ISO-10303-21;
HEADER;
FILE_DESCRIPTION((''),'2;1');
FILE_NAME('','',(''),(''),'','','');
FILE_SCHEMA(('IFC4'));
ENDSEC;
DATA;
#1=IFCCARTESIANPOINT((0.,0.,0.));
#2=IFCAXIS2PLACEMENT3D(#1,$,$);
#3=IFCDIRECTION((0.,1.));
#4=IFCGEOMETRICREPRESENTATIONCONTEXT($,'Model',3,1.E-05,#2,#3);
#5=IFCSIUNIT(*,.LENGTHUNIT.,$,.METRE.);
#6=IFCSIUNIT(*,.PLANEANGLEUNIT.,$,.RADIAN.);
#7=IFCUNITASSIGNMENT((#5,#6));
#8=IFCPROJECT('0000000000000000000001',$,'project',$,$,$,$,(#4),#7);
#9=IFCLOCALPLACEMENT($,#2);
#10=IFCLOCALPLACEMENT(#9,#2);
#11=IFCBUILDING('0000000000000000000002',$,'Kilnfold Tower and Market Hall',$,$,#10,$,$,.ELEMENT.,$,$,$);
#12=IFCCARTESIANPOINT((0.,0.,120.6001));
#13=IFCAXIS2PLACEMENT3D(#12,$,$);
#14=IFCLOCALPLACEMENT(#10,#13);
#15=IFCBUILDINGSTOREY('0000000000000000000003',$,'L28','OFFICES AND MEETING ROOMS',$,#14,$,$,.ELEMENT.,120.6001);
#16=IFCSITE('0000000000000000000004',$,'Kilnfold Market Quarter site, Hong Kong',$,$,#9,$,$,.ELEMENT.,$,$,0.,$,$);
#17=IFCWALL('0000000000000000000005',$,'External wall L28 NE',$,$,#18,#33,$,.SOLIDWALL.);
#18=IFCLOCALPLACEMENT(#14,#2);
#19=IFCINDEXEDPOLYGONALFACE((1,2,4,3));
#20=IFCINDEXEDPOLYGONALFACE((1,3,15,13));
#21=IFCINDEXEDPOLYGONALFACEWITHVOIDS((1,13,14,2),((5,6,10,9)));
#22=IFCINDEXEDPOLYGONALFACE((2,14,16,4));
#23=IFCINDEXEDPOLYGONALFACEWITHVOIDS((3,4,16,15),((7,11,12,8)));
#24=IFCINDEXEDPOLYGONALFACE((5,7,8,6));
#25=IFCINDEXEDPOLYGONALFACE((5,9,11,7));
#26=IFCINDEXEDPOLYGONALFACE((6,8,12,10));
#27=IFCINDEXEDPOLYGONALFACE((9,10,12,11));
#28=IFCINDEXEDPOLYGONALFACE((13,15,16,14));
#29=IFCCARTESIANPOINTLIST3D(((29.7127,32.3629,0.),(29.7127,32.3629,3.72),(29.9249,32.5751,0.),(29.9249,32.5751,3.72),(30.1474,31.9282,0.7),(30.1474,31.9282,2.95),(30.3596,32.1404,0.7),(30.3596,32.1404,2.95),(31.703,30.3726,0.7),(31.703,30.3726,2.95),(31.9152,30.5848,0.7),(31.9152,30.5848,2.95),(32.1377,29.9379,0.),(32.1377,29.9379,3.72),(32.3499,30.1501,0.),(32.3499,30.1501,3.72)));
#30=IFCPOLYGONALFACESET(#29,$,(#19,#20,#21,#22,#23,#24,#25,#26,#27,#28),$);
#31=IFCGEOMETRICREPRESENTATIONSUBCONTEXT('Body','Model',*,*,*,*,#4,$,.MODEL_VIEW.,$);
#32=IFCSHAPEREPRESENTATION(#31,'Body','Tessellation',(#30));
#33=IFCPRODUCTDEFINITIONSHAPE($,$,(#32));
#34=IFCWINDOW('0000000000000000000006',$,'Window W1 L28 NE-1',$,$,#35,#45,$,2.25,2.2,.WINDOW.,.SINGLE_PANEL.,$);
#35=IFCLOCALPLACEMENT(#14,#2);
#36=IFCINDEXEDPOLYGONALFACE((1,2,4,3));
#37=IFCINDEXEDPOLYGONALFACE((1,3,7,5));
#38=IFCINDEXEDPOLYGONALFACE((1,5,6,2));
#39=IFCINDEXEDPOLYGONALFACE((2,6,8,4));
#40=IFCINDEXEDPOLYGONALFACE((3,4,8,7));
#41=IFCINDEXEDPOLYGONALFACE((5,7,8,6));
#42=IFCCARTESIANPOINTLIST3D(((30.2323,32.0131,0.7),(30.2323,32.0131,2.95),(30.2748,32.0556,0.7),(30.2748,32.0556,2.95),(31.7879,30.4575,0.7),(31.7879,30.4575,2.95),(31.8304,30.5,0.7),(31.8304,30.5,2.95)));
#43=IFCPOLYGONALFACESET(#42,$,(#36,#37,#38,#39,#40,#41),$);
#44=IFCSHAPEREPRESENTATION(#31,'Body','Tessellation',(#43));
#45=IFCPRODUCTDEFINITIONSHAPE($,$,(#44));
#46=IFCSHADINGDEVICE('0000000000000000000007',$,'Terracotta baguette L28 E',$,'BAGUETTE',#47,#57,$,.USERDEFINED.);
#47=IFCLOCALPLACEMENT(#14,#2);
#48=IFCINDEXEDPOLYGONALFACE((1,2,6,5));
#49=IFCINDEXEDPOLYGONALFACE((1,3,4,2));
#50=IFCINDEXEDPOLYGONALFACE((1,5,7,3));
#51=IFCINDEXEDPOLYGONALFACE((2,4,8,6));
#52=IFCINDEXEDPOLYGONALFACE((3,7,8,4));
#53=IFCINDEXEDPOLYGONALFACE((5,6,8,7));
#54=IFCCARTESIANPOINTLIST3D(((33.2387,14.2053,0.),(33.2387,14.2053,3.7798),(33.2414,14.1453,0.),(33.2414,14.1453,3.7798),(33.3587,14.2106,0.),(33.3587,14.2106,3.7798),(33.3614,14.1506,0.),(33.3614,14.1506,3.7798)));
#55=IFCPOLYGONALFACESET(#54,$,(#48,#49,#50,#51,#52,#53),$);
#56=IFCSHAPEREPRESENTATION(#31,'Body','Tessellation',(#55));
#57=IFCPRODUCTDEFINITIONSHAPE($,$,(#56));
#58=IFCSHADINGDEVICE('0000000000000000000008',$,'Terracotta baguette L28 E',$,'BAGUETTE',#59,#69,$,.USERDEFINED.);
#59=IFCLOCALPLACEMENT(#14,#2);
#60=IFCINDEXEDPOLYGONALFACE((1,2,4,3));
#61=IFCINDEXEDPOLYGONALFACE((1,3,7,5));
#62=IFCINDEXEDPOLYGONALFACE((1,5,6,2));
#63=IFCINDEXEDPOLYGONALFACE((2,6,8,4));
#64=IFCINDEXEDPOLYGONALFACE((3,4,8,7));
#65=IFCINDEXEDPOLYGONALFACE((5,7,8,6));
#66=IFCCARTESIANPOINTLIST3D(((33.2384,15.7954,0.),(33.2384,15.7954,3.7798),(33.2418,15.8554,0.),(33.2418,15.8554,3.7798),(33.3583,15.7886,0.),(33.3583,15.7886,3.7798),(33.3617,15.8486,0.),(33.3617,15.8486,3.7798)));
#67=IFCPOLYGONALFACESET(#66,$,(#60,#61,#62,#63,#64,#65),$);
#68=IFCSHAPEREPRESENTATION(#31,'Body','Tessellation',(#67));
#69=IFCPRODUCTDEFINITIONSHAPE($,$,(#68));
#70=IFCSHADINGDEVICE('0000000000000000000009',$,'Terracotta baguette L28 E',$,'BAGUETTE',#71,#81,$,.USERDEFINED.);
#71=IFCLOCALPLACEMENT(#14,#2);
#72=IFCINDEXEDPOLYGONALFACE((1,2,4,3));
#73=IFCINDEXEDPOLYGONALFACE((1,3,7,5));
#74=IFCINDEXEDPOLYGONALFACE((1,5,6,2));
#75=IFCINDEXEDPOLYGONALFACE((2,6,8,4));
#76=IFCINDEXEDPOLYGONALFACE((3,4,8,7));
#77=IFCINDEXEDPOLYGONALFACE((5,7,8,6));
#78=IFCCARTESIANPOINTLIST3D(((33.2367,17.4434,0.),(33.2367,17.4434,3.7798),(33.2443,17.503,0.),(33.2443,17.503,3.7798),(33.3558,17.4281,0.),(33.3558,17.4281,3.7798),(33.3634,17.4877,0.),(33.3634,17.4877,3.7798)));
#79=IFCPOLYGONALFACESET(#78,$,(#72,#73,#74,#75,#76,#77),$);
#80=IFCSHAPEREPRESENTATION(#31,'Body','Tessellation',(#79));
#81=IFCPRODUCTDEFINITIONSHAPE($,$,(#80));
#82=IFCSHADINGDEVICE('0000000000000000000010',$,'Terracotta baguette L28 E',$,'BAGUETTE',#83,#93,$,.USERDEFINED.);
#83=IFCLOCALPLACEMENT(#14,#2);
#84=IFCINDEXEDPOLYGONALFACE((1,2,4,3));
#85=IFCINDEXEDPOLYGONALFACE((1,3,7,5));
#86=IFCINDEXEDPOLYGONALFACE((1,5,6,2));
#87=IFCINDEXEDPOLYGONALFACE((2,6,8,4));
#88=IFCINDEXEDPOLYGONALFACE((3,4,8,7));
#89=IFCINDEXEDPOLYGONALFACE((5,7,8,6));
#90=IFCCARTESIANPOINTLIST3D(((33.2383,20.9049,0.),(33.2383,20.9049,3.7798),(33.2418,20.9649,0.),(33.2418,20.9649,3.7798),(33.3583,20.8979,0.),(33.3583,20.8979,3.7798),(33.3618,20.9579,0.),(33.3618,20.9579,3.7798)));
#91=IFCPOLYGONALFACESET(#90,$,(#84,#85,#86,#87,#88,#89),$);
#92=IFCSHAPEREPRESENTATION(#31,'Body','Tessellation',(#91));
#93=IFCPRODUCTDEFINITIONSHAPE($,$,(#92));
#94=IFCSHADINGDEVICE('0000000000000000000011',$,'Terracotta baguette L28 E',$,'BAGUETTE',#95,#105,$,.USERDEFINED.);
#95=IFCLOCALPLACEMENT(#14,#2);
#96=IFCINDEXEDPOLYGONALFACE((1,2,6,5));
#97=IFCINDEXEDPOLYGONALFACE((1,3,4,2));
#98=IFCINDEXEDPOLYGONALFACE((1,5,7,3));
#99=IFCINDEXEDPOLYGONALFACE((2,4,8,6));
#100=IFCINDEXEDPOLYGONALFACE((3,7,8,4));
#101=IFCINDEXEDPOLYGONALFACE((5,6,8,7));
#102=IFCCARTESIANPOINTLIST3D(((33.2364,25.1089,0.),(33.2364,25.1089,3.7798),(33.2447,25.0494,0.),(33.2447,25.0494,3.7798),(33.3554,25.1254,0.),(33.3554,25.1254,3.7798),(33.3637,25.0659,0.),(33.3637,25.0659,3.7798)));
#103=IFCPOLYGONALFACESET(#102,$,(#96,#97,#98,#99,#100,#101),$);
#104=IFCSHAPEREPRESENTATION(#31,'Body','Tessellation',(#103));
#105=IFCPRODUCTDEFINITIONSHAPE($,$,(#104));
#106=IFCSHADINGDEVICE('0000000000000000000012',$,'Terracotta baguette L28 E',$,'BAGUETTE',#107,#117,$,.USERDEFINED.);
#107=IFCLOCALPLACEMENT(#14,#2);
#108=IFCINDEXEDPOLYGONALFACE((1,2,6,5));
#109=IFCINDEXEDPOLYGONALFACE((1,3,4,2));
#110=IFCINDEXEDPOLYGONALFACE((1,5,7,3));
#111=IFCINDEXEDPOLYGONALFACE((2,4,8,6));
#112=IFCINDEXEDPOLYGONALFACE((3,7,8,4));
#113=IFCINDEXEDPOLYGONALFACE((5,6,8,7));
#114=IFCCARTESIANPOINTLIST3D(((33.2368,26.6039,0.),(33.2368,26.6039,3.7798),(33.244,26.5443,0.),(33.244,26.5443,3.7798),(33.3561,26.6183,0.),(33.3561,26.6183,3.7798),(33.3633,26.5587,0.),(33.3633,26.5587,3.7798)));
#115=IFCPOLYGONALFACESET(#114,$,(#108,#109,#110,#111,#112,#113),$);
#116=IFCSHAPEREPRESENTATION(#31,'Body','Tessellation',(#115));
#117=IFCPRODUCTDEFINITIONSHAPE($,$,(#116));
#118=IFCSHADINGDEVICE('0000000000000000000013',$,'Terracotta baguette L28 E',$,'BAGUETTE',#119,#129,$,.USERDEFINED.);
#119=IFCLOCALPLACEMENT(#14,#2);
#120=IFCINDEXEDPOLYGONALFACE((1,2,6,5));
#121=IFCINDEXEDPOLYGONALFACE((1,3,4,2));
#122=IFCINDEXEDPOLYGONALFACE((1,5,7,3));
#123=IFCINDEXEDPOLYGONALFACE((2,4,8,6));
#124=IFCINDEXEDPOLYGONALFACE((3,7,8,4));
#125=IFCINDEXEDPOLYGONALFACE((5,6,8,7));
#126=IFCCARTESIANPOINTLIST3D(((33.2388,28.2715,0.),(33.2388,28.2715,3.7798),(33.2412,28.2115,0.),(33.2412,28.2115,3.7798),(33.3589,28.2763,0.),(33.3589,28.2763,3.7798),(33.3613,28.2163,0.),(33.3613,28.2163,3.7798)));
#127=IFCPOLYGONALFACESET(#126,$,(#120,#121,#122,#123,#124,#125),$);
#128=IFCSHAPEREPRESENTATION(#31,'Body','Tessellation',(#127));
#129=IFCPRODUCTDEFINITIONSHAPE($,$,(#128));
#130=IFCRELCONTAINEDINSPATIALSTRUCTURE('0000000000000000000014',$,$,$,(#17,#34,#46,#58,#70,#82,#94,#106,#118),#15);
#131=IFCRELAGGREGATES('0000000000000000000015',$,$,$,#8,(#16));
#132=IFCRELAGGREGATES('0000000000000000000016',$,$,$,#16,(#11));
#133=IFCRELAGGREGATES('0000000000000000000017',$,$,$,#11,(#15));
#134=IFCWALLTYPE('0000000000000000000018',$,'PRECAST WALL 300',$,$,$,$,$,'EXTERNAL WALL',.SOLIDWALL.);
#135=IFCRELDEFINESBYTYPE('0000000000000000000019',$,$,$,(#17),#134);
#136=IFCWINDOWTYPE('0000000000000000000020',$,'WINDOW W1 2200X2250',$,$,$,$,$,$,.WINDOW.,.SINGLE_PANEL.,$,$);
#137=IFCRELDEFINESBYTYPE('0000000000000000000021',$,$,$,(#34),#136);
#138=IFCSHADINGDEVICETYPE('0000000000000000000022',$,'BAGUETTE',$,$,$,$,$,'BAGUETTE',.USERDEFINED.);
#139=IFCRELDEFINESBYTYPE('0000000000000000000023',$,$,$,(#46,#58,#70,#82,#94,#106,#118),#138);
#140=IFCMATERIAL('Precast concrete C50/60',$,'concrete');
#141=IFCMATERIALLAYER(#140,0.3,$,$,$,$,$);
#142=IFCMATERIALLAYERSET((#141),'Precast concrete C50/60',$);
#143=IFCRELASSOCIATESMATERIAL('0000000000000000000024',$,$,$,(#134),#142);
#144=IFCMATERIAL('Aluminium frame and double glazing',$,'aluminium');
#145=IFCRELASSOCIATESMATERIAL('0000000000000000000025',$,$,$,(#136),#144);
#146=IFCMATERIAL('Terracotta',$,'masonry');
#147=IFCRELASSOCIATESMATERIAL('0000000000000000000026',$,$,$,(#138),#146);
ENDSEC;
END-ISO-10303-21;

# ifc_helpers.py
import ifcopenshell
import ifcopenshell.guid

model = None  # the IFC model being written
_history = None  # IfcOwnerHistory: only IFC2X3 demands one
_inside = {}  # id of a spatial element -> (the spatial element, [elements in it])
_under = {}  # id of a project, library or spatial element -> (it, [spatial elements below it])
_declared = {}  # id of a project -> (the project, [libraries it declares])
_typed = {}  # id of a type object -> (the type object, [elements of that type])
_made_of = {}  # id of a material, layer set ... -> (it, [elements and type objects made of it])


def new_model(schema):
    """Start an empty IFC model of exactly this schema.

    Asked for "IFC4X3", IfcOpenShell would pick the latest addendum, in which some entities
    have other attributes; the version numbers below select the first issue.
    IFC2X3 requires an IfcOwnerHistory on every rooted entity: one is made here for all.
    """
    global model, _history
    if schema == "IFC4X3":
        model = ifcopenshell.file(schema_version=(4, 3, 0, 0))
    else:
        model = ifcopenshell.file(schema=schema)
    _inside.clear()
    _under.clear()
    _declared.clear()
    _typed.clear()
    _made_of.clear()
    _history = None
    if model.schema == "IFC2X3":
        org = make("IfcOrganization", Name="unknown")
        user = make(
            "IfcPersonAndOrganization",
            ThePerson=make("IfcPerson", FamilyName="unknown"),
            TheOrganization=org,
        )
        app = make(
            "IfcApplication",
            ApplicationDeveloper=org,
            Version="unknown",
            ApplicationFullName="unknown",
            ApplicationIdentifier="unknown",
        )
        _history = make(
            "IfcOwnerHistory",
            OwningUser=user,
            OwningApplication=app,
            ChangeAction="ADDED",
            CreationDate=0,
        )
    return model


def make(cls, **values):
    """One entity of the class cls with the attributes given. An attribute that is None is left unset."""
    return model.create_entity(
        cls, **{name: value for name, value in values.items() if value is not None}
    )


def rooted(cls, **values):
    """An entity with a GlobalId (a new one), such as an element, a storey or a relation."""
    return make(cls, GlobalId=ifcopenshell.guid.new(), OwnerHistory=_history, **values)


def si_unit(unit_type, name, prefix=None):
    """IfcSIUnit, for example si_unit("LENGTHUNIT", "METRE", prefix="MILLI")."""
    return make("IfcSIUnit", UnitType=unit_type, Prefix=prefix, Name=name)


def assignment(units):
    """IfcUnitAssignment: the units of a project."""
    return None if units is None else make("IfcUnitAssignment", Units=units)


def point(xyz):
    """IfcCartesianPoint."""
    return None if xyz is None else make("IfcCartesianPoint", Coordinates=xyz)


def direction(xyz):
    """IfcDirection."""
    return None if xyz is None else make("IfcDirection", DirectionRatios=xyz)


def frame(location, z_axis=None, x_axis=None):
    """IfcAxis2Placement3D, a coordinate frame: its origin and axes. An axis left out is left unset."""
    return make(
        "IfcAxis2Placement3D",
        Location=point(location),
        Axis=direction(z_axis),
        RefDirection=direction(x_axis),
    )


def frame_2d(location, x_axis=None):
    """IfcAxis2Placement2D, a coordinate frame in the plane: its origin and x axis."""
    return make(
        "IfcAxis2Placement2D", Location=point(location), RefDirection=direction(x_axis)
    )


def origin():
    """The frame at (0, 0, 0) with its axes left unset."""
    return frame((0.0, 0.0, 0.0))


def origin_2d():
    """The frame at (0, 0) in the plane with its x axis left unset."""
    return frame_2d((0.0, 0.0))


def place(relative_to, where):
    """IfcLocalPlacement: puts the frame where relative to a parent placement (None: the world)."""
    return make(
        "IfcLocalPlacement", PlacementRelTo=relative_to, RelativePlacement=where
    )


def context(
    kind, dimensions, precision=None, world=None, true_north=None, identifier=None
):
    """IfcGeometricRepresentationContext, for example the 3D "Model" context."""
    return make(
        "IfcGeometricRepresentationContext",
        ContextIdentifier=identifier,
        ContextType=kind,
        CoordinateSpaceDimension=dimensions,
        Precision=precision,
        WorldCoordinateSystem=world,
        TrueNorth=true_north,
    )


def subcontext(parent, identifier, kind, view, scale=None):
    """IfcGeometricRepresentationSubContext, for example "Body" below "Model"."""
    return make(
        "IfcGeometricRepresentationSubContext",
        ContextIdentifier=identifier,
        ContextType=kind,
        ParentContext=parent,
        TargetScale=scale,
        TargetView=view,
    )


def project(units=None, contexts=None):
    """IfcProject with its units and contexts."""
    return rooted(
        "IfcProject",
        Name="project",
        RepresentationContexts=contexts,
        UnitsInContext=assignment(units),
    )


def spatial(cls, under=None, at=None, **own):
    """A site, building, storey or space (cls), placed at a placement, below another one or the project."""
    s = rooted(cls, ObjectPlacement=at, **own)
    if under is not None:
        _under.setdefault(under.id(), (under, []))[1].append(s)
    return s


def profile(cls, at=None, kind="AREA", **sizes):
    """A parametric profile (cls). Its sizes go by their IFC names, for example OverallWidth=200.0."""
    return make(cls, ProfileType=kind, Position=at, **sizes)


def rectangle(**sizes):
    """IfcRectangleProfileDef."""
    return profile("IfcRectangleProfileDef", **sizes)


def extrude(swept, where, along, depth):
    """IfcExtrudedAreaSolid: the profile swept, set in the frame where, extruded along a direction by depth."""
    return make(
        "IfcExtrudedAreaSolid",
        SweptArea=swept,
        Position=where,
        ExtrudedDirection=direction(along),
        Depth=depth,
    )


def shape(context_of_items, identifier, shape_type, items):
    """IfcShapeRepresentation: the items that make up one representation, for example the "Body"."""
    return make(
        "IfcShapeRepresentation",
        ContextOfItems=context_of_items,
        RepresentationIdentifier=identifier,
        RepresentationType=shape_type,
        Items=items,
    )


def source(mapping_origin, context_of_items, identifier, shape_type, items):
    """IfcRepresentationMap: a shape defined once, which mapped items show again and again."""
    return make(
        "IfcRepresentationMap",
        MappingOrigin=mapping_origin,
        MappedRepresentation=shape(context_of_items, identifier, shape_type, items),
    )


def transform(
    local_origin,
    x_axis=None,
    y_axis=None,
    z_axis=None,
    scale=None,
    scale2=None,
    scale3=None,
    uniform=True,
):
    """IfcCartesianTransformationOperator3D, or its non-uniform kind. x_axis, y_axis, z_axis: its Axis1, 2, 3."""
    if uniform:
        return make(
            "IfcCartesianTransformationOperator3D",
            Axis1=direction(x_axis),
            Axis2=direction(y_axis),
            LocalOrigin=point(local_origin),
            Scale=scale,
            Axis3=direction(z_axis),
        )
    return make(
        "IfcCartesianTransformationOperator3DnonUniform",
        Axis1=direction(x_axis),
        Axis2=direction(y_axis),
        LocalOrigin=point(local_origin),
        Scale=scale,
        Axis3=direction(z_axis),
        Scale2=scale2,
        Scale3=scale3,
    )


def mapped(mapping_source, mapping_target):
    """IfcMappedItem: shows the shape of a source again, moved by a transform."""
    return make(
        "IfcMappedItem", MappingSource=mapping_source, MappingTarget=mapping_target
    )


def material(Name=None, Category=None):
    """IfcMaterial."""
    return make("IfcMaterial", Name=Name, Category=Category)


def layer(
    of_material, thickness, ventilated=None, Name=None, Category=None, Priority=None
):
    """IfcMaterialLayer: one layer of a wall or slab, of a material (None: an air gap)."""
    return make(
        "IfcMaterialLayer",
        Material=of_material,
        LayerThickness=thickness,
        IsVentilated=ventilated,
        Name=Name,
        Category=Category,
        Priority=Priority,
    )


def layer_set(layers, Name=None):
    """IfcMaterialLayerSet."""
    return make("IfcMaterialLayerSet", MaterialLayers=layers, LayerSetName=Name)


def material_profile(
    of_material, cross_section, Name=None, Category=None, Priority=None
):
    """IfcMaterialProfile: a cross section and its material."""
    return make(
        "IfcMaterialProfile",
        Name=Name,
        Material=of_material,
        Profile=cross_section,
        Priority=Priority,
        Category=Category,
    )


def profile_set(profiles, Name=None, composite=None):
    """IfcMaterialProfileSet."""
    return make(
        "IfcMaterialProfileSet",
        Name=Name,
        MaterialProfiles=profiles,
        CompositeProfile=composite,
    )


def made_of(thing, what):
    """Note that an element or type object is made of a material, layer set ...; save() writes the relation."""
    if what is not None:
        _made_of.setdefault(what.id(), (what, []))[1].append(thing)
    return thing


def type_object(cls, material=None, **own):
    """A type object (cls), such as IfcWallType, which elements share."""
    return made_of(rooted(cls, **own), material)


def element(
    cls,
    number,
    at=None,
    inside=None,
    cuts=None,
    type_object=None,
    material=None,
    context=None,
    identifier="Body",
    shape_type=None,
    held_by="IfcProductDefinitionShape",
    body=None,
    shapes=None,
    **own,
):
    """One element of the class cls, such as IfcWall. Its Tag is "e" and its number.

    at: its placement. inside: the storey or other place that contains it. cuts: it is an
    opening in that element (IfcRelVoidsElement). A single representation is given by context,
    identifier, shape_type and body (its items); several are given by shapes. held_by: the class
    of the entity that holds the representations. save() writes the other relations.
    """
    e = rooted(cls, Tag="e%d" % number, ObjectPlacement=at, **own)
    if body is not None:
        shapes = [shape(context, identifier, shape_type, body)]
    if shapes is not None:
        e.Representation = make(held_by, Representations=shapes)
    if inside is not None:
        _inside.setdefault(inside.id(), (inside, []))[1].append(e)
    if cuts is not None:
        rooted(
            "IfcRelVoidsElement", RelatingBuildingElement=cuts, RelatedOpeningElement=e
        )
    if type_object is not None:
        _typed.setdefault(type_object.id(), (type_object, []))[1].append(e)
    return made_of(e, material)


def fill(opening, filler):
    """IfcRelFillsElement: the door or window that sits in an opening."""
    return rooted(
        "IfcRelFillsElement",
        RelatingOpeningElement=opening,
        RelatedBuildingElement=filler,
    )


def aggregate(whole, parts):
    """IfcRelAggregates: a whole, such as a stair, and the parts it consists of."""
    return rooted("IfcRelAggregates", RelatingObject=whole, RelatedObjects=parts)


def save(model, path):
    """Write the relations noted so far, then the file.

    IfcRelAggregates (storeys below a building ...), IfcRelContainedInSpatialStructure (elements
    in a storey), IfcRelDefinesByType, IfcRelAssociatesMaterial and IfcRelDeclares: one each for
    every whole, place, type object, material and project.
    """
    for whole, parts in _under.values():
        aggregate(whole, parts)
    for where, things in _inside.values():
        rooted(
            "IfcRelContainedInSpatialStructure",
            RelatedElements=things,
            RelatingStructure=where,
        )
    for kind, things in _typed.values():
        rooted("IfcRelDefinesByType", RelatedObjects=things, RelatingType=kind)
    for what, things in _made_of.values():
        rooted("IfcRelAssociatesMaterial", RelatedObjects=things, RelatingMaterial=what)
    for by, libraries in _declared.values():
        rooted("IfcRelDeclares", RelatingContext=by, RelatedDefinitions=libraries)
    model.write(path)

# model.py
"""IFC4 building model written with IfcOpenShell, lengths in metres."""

from ifc_helpers import new_model, si_unit, direction, frame, frame_2d, origin, origin_2d, place, context, subcontext, project, spatial, rectangle, extrude, source, transform, mapped, material, layer, layer_set, material_profile, profile_set, type_object, element, fill, save


model = new_model("IFC4")

# Units and contexts
model_context = context("Model", 3, precision=1e-05, world=origin(), true_north=direction((0.0, 1.0)))
body_context = subcontext(model_context, "Body", "Model", "MODEL_VIEW")
ifc_project = project(units=[si_unit("LENGTHUNIT", "METRE"), si_unit("PLANEANGLEUNIT", "RADIAN")], contexts=[model_context])

# Site, building, storey
site_placement = place(None, origin())
site = spatial("IfcSite", under=ifc_project, at=site_placement, Name="Kilnfold Market Quarter site, Hong Kong", CompositionType="ELEMENT", RefElevation=0.0)
building_placement = place(site_placement, origin())
building = spatial("IfcBuilding", under=site, at=building_placement, Name="Kilnfold Tower and Market Hall", CompositionType="ELEMENT")
storey_placement = place(building_placement, frame((0.0, 0.0, 120.6001)))
storey = spatial("IfcBuildingStorey", under=building, at=storey_placement, Name="L28", Description="OFFICES AND MEETING ROOMS", CompositionType="ELEMENT", Elevation=120.6001)

# Shared definitions
ifc_material_1 = material(Name="Precast concrete C50/60", Category="concrete")
ifc_layer_1 = layer(ifc_material_1, 0.3)
ifc_layer_set_1 = layer_set([ifc_layer_1], Name="Precast concrete C50/60")
wall_type = type_object("IfcWallType", Name="PRECAST WALL 300", ElementType="EXTERNAL WALL", PredefinedType="SOLIDWALL", material=ifc_layer_set_1)

# Wall, opening, window
shared_shape_1 = source(origin(), body_context, "Body", "SweptSolid", [
    extrude(rectangle(XDim=3.4294, YDim=0.3, at=frame_2d((1.7148, 0.0))), origin(), (0.0, 0.0, 1.0), 3.72),
])
wall_1_placement = place(storey_placement, frame((32.2439, 30.0439, 0.0), z_axis=(0.0, 0.0, 1.0), x_axis=(-0.707107, 0.707107, 0.0)))
wall_1 = element("IfcWall", 1, at=wall_1_placement, inside=storey, type_object=wall_type, Name="External wall L28 NE", PredefinedType="SOLIDWALL", context=body_context, shape_type="MappedRepresentation", body=[
    mapped(shared_shape_1, transform((0.0, 0.0, 0.0))),
])
opening_1_placement = place(wall_1_placement, frame((0.6147, 0.0, 0.7)))
opening_1 = element("IfcOpeningElement", 2, at=opening_1_placement, cuts=wall_1, PredefinedType="OPENING", context=body_context, shape_type="SweptSolid", body=[
    extrude(rectangle(XDim=2.2, YDim=2.25, at=frame_2d((1.1001, 1.125))), frame((0.0, 0.1602, 0.0), z_axis=(0.0, -1.0, 0.0), x_axis=(1.0, 0.0, 0.0)), (0.0, 0.0, 1.0), 0.3201),
])
ifc_material_2 = material(Name="Aluminium frame and double glazing", Category="aluminium")
window_type = type_object("IfcWindowType", Name="WINDOW W1 2200X2250", PartitioningType="SINGLE_PANEL", PredefinedType="WINDOW", material=ifc_material_2)
window_placement = place(opening_1_placement, origin())
window = element("IfcWindow", 3, at=window_placement, inside=storey, type_object=window_type, Name="Window W1 L28 NE-1", OverallHeight=2.25, OverallWidth=2.2, PartitioningType="SINGLE_PANEL", PredefinedType="WINDOW", context=body_context, shape_type="SweptSolid", body=[
    extrude(rectangle(XDim=2.2, YDim=2.25, at=frame_2d((1.1001, 1.125))), frame((0.0, 0.03, 0.0), z_axis=(0.0, -1.0, 0.0), x_axis=(1.0, 0.0, 0.0)), (0.0, 0.0, 1.0), 0.0601),
])
fill(opening_1, window)

# Shading devices
ifc_material_3 = material(Name="Terracotta", Category="masonry")
ifc_material_profile_1 = material_profile(ifc_material_3, rectangle(XDim=0.0601, YDim=0.1201, at=origin_2d()), Name="BAG 60x120")
ifc_profile_set_1 = profile_set([ifc_material_profile_1], Name="Terracotta")
shading_device_type = type_object("IfcShadingDeviceType", Name="BAGUETTE", ElementType="BAGUETTE", PredefinedType="USERDEFINED", material=ifc_profile_set_1)
shared_shape_2 = source(origin(), body_context, "Body", "SweptSolid", [
    extrude(rectangle(XDim=0.0601, YDim=0.1201, at=origin_2d()), origin(), (0.0, 0.0, 1.0), 3.7798),
])
for number, where, z_axis, x_axis, name in (
    (4, (33.3, 14.178, 0.0), (0.0, 0.0, 1.0), (-0.043855, 0.999038, 0.0), "Terracotta baguette L28 E"),
    (5, (33.3, 15.822, 0.0), (0.0, 0.0, 1.0), (0.056663, 0.998393, 0.0), "Terracotta baguette L28 E"),
    (6, (33.3, 17.4656, 0.0), (0.0, 0.0, 1.0), (0.127428, 0.991848, 0.0), "Terracotta baguette L28 E"),
    (7, (33.3, 20.9314, 0.0), (0.0, 0.0, 1.0), (0.058224, 0.998304, 0.0), "Terracotta baguette L28 E"),
    (8, (33.3, 25.0874, 0.0), (0.0, 0.0, 1.0), (-0.137899, 0.990446, 0.0), "Terracotta baguette L28 E"),
    (9, (33.3, 26.5813, 0.0), (0.0, 0.0, 1.0), (-0.119861, 0.992791, 0.0), "Terracotta baguette L28 E"),
    (10, (33.3, 28.2439, 0.0), (0.0, 0.0, 1.0), (-0.039936, 0.999202, 0.0), "Terracotta baguette L28 E"),
):
    element("IfcShadingDevice", number, at=place(storey_placement, frame(where, z_axis=z_axis, x_axis=x_axis)), inside=storey, type_object=shading_device_type, Name=name, ObjectType="BAGUETTE", PredefinedType="USERDEFINED", context=body_context, shape_type="MappedRepresentation", body=[
        mapped(shared_shape_2, transform((0.0, 0.0, 0.0))),
    ])

save(model, "model.ifc")
